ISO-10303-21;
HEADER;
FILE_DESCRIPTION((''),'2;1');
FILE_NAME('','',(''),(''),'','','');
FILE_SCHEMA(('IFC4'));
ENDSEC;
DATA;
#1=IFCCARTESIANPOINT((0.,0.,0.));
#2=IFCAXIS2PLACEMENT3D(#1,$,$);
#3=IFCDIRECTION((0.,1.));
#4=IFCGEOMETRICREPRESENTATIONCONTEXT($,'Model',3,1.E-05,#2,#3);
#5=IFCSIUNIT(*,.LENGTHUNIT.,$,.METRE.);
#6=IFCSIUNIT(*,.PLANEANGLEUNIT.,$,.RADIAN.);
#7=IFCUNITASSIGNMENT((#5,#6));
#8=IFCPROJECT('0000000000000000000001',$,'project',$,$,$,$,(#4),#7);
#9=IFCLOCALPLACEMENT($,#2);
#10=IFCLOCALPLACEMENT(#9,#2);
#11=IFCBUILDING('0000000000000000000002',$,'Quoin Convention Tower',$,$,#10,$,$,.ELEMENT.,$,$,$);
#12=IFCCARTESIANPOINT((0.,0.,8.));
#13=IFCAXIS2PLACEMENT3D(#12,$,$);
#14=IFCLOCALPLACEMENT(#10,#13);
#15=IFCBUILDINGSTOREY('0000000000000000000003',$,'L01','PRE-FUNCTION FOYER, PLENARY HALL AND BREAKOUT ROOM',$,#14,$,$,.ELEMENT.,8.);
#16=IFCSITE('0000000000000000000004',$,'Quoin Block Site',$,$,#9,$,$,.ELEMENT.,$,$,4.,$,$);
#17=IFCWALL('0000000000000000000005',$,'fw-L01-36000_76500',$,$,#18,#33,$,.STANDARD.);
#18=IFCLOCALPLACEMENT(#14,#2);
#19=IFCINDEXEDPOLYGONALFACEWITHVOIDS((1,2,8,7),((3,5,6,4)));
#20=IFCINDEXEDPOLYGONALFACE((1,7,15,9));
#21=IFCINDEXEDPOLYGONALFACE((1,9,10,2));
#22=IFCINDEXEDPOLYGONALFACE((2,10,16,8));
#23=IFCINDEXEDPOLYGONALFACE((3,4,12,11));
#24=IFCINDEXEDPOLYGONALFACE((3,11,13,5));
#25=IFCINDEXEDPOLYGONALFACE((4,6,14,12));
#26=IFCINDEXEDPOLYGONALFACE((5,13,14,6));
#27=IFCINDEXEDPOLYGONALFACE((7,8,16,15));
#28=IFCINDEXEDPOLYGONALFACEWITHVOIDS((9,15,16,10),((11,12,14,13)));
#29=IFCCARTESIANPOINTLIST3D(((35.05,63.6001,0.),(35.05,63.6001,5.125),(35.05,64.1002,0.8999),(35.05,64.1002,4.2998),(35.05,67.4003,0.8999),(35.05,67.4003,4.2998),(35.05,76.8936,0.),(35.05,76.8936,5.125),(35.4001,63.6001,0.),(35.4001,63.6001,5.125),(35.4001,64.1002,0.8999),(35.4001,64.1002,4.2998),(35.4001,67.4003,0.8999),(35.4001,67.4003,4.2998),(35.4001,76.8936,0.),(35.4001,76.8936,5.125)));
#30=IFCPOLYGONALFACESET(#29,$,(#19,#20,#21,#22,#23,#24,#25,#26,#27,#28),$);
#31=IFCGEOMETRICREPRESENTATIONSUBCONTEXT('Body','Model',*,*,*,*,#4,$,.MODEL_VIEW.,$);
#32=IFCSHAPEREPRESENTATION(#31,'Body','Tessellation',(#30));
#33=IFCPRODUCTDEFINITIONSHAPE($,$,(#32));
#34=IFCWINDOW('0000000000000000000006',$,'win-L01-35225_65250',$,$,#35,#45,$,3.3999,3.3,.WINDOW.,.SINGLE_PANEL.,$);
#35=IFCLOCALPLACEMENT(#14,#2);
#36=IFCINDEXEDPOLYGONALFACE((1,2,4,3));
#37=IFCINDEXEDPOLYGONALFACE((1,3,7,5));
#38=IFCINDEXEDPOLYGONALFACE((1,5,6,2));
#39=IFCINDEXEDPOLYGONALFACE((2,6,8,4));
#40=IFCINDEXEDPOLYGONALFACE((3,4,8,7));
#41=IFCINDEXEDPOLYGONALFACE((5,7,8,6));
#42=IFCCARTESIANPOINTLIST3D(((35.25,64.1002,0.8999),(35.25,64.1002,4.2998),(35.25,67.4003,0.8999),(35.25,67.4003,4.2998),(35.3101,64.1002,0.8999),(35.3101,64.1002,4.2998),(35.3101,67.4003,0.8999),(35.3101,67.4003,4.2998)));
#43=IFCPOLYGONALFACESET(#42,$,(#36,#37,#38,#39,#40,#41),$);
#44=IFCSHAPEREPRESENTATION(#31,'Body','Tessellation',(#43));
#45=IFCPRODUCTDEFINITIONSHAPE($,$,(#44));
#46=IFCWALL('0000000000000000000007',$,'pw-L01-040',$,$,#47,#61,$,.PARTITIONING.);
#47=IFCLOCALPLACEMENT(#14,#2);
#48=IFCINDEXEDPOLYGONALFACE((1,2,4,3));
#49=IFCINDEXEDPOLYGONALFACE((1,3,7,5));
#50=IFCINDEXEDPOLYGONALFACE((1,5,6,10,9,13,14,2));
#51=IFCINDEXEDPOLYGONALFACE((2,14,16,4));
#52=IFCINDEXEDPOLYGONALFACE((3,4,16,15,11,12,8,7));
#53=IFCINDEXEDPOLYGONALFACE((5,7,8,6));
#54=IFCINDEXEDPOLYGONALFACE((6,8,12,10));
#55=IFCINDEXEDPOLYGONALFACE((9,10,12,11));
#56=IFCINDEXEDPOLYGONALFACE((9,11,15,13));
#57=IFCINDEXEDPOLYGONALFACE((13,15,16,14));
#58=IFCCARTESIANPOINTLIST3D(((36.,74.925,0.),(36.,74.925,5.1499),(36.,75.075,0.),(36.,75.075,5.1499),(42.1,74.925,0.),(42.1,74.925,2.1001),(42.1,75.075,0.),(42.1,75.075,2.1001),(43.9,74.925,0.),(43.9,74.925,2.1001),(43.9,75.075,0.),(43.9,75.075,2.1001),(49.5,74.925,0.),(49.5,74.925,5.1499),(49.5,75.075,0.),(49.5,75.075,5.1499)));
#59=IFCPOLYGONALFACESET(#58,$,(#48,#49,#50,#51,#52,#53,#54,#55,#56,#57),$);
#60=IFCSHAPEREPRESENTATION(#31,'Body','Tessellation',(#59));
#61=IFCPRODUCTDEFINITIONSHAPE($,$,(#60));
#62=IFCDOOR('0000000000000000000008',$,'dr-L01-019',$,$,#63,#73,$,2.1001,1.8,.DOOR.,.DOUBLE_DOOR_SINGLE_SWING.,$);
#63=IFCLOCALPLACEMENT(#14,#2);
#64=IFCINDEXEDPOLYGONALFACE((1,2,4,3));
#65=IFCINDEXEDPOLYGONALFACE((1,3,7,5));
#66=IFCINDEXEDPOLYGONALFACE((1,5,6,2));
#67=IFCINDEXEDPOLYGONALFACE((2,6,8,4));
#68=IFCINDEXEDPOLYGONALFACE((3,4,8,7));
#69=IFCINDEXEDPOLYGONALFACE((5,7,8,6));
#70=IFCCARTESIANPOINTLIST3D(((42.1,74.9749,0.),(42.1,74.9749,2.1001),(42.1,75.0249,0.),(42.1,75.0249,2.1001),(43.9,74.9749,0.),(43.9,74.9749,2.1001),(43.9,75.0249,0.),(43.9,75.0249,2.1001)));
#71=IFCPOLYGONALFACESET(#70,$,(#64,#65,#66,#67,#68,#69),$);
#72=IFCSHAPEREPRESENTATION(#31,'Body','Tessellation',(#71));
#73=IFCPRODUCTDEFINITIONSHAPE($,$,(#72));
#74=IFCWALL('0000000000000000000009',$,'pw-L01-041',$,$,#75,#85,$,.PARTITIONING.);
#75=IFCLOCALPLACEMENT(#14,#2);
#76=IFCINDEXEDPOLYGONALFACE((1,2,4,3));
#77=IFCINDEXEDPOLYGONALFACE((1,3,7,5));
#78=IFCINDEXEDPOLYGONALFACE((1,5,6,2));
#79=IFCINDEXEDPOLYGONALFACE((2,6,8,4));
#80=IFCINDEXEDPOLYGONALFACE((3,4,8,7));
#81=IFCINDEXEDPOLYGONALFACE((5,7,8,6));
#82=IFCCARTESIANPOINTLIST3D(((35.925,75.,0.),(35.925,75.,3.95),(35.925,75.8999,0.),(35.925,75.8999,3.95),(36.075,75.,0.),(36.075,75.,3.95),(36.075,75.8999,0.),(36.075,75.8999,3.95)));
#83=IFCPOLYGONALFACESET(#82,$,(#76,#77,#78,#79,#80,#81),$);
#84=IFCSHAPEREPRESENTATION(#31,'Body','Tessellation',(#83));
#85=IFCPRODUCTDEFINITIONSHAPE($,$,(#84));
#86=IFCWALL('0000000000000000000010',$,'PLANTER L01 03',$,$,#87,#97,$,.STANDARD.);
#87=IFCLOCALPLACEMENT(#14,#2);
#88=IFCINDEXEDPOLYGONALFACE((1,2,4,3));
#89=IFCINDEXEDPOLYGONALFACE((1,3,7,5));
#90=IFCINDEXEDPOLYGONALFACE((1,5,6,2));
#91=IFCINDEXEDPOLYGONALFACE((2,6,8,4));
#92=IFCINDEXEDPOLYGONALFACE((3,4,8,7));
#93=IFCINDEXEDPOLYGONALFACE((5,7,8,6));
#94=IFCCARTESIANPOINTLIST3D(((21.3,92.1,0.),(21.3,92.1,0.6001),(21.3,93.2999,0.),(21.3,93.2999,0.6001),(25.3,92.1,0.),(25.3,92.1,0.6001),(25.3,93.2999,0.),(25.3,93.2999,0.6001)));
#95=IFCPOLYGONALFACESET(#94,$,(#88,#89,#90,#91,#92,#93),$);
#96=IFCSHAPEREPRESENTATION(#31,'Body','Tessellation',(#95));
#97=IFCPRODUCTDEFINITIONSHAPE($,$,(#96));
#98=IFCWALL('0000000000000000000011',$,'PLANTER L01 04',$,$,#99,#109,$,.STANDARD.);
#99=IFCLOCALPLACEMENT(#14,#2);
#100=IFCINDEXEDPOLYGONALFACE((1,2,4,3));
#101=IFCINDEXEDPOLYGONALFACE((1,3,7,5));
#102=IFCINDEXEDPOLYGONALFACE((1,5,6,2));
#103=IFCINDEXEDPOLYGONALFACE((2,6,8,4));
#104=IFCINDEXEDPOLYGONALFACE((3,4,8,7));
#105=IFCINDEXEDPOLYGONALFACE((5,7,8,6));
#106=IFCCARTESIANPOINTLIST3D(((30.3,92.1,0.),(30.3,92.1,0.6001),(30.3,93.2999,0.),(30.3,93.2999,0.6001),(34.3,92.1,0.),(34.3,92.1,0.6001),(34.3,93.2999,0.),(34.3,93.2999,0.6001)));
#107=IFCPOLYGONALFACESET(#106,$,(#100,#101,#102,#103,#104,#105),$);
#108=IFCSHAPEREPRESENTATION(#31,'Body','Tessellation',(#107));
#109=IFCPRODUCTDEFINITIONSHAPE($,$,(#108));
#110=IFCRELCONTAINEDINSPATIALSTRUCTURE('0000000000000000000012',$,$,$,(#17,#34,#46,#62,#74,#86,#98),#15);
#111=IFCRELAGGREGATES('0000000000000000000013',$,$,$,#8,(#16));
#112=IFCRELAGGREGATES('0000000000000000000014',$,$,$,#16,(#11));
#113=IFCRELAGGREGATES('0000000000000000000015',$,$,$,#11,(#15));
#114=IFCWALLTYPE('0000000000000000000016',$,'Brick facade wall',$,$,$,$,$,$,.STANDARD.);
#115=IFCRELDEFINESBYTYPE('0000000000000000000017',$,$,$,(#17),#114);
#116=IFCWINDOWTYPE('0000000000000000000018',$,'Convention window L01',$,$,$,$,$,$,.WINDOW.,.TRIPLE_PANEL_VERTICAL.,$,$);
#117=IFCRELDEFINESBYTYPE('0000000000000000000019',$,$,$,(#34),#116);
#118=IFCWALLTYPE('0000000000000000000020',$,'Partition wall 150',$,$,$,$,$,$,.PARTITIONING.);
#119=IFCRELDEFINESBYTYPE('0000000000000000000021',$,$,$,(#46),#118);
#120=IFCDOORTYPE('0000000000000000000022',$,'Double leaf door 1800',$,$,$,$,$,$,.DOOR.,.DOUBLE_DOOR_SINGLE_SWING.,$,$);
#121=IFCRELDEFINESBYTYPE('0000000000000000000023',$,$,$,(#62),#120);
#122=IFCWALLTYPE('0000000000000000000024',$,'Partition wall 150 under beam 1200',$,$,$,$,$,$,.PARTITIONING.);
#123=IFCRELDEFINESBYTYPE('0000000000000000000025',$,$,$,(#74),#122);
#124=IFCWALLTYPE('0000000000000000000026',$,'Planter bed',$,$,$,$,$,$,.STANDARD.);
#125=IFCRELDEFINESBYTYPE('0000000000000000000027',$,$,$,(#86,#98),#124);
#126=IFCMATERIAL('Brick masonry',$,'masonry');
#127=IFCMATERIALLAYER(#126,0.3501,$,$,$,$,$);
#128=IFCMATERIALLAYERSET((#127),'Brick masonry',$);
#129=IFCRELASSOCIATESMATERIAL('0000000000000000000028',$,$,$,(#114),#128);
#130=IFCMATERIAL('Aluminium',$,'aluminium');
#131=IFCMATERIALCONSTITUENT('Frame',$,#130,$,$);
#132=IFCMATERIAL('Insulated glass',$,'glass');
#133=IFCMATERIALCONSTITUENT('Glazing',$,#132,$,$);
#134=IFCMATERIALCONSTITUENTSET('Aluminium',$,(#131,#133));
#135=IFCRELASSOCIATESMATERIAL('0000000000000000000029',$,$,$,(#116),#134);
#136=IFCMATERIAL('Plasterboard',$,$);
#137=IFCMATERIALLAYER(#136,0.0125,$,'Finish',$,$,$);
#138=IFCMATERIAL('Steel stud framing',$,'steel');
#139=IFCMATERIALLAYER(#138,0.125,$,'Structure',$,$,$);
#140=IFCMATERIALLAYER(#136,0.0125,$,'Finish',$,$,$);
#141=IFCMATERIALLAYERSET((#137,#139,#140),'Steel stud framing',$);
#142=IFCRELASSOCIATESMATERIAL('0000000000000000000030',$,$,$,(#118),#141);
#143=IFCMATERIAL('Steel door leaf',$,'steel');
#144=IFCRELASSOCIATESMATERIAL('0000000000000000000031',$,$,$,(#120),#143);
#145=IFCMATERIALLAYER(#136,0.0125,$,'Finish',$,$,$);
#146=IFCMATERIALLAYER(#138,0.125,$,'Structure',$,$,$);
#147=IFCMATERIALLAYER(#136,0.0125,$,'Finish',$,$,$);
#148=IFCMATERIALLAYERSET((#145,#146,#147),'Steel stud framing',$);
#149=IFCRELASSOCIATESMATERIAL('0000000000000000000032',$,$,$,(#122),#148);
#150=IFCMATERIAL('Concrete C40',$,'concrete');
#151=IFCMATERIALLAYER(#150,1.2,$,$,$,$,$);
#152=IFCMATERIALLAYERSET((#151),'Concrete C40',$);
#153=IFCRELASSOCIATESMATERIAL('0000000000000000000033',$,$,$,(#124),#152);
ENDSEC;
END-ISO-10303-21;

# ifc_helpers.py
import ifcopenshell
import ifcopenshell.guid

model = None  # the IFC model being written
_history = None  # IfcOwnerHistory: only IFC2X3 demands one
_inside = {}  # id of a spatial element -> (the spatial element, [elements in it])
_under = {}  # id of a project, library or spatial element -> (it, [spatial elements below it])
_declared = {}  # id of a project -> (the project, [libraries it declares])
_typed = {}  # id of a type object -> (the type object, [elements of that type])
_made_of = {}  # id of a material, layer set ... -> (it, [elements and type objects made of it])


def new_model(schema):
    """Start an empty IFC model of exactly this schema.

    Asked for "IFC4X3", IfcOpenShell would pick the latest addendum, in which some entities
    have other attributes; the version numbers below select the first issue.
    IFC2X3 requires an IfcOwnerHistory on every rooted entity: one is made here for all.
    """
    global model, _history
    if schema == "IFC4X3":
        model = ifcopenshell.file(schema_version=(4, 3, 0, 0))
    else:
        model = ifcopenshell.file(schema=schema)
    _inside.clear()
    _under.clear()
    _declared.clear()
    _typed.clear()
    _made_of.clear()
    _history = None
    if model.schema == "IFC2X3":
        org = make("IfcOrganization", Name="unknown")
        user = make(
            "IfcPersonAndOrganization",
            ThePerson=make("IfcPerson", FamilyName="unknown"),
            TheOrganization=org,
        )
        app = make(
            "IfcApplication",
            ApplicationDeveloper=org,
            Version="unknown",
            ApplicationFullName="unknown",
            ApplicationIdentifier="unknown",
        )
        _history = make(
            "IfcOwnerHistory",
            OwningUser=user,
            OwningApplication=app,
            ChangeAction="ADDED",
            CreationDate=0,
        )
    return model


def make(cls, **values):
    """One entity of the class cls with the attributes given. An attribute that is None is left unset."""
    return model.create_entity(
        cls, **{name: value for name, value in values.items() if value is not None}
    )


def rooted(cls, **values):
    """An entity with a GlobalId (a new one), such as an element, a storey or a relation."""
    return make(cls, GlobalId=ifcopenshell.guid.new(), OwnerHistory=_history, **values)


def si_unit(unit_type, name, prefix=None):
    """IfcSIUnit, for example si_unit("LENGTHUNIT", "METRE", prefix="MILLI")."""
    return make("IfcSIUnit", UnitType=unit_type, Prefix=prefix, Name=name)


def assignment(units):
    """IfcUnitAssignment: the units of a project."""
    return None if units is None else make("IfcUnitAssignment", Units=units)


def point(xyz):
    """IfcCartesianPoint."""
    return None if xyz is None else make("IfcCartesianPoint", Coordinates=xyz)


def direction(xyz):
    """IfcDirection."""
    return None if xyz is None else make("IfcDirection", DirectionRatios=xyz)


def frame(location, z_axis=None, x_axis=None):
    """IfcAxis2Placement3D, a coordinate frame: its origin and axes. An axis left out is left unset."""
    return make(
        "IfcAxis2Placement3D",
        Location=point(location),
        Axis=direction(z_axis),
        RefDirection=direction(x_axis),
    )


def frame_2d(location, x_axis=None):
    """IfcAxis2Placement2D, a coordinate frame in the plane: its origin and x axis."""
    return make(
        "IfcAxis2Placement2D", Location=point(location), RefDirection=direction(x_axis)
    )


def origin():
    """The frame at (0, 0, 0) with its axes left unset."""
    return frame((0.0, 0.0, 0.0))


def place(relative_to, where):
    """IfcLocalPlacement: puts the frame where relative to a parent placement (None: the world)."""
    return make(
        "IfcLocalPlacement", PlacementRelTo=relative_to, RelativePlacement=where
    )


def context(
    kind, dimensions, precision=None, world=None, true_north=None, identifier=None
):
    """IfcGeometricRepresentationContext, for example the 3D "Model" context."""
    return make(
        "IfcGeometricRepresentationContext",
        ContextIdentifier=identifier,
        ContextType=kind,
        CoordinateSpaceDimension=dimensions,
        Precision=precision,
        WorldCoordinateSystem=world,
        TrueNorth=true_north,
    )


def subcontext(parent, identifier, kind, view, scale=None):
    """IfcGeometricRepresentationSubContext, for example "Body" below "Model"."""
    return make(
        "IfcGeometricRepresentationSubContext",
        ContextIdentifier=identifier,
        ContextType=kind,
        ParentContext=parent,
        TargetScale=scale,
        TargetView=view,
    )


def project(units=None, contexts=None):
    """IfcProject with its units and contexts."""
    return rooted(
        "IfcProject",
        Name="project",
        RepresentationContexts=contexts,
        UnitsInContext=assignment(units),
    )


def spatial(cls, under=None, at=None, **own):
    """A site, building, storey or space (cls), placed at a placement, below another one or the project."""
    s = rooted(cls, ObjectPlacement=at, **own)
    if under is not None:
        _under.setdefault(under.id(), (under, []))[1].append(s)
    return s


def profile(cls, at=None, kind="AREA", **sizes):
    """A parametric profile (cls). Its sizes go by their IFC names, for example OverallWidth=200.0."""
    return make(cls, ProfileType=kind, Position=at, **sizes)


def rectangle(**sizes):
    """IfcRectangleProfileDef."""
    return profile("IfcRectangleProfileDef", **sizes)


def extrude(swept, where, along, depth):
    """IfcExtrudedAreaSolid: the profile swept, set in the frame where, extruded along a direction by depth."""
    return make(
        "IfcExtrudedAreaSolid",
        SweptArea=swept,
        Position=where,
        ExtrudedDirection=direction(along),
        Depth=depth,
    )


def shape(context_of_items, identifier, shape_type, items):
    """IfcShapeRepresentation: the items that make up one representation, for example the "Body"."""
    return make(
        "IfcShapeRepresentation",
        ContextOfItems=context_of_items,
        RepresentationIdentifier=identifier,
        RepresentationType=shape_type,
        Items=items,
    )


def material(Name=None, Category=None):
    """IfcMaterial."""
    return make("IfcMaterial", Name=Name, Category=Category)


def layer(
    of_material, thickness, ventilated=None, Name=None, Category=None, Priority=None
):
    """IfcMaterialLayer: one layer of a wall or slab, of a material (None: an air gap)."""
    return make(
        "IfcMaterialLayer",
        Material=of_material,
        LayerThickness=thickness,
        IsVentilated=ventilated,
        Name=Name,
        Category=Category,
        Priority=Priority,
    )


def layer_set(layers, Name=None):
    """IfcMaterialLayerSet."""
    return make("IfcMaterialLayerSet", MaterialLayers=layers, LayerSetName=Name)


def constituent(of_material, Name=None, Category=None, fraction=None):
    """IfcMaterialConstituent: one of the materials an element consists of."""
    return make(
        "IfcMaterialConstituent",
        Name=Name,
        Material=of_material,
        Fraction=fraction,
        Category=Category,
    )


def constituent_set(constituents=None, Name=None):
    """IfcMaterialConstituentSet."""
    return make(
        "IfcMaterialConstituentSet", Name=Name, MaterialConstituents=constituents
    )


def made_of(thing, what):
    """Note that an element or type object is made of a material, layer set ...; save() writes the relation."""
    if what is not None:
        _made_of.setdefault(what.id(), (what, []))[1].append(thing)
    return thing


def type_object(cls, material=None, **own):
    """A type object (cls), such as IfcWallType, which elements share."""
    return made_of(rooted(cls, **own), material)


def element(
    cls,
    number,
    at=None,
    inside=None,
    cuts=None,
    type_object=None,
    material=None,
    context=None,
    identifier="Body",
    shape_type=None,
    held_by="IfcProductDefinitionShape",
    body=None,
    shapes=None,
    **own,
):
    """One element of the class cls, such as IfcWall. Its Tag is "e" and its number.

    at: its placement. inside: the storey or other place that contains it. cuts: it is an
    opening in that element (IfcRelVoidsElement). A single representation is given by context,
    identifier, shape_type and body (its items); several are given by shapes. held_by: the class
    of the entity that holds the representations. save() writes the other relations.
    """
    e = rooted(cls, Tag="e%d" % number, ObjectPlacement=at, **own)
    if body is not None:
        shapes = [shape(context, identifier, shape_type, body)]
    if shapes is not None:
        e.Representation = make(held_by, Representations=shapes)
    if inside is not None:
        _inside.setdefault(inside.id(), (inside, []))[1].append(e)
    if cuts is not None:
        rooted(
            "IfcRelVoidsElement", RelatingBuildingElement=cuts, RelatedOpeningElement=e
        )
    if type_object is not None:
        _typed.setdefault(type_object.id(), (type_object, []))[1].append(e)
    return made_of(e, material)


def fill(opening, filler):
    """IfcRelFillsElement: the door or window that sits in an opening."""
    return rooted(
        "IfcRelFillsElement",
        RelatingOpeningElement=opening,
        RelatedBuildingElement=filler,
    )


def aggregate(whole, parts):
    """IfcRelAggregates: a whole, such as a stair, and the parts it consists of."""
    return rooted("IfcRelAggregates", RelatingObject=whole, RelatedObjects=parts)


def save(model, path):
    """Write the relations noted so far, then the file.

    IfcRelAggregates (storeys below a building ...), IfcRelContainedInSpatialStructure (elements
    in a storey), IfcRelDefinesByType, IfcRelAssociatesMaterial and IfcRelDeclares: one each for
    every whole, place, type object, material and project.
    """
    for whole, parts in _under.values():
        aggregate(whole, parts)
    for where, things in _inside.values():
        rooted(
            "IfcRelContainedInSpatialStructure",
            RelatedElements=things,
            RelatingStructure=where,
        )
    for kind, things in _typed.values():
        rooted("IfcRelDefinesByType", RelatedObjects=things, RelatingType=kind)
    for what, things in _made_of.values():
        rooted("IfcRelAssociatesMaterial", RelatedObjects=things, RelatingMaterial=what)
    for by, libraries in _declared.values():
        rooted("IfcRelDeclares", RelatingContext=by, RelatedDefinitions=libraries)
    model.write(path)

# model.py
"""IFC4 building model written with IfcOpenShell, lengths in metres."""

from ifc_helpers import new_model, si_unit, direction, frame, frame_2d, origin, place, context, subcontext, project, spatial, rectangle, extrude, material, layer, layer_set, constituent, constituent_set, type_object, element, fill, save


model = new_model("IFC4")

# Units and contexts
model_context = context("Model", 3, precision=1e-05, world=origin(), true_north=direction((0.0, 1.0)))
body_context = subcontext(model_context, "Body", "Model", "MODEL_VIEW")
ifc_project = project(units=[si_unit("LENGTHUNIT", "METRE"), si_unit("PLANEANGLEUNIT", "RADIAN")], contexts=[model_context])

# Site, building, storey
site_placement = place(None, origin())
site = spatial("IfcSite", under=ifc_project, at=site_placement, Name="Quoin Block Site", CompositionType="ELEMENT", RefElevation=4.0)
building_placement = place(site_placement, origin())
building = spatial("IfcBuilding", under=site, at=building_placement, Name="Quoin Convention Tower", CompositionType="ELEMENT")
storey_placement = place(building_placement, frame((0.0, 0.0, 8.0)))
storey = spatial("IfcBuildingStorey", under=building, at=storey_placement, Name="L01", Description="PRE-FUNCTION FOYER, PLENARY HALL AND BREAKOUT ROOM", CompositionType="ELEMENT", Elevation=8.0)

# Wall, opening, window
ifc_material_1 = material(Name="Brick masonry", Category="masonry")
ifc_layer_1 = layer(ifc_material_1, 0.3501)
ifc_layer_set_1 = layer_set([ifc_layer_1], Name="Brick masonry")
wall_type_1 = type_object("IfcWallType", Name="Brick facade wall", PredefinedType="STANDARD", material=ifc_layer_set_1)
wall_1_placement = place(storey_placement, frame((35.2251, 76.8936, 0.0), z_axis=(0.0, 0.0, 1.0), x_axis=(0.0, -1.0, 0.0)))
wall_1 = element("IfcWall", 1, at=wall_1_placement, inside=storey, type_object=wall_type_1, Name="fw-L01-36000_76500", PredefinedType="STANDARD", context=body_context, shape_type="SweptSolid", body=[
    extrude(rectangle(XDim=13.2935, YDim=0.3501, at=frame_2d((6.6467, 0.0))), origin(), (0.0, 0.0, 1.0), 5.125),
])
opening_1_placement = place(wall_1_placement, frame((9.4934, 0.0, 0.8999)))
opening_1 = element("IfcOpeningElement", 2, at=opening_1_placement, cuts=wall_1, PredefinedType="OPENING", context=body_context, shape_type="SweptSolid", body=[
    extrude(rectangle(XDim=3.3, YDim=3.3999, at=frame_2d((1.6499, 1.7))), frame((0.0, 0.1851, 0.0), z_axis=(0.0, -1.0, 0.0), x_axis=(1.0, 0.0, 0.0)), (0.0, 0.0, 1.0), 0.3701),
])
ifc_material_2 = material(Name="Aluminium", Category="aluminium")
ifc_constituent_1 = constituent(ifc_material_2, Name="Frame")
ifc_material_3 = material(Name="Insulated glass", Category="glass")
ifc_constituent_2 = constituent(ifc_material_3, Name="Glazing")
ifc_constituent_set = constituent_set(constituents=[ifc_constituent_1, ifc_constituent_2], Name="Aluminium")
window_type = type_object("IfcWindowType", Name="Convention window L01", PartitioningType="TRIPLE_PANEL_VERTICAL", PredefinedType="WINDOW", material=ifc_constituent_set)
window_placement = place(opening_1_placement, origin())
window = element("IfcWindow", 3, at=window_placement, inside=storey, type_object=window_type, Name="win-L01-35225_65250", OverallHeight=3.3999, OverallWidth=3.3, PartitioningType="SINGLE_PANEL", PredefinedType="WINDOW", context=body_context, shape_type="SweptSolid", body=[
    extrude(rectangle(XDim=3.3, YDim=3.3999, at=frame_2d((1.6499, 1.7))), frame((0.0, 0.085, 0.0), z_axis=(0.0, -1.0, 0.0), x_axis=(1.0, 0.0, 0.0)), (0.0, 0.0, 1.0), 0.0601),
])
fill(opening_1, window)

# Wall, opening, door
ifc_material_4 = material(Name="Plasterboard")
ifc_layer_2 = layer(ifc_material_4, 0.0125, Name="Finish")
ifc_material_5 = material(Name="Steel stud framing", Category="steel")
ifc_layer_3 = layer(ifc_material_5, 0.125, Name="Structure")
ifc_layer_4 = layer(ifc_material_4, 0.0125, Name="Finish")
ifc_layer_set_2 = layer_set([ifc_layer_2, ifc_layer_3, ifc_layer_4], Name="Steel stud framing")
wall_type_2 = type_object("IfcWallType", Name="Partition wall 150", PredefinedType="PARTITIONING", material=ifc_layer_set_2)
wall_2_placement = place(storey_placement, frame((36.0, 75.0, 0.0), z_axis=(0.0, 0.0, 1.0), x_axis=(1.0, 0.0, 0.0)))
wall_2 = element("IfcWall", 4, at=wall_2_placement, inside=storey, type_object=wall_type_2, Name="pw-L01-040", PredefinedType="PARTITIONING", context=body_context, shape_type="SweptSolid", body=[
    extrude(rectangle(XDim=13.5, YDim=0.1499, at=frame_2d((6.75, 0.0))), origin(), (0.0, 0.0, 1.0), 5.1499),
])
opening_2_placement = place(wall_2_placement, frame((6.1001, 0.0, 0.0)))
opening_2 = element("IfcOpeningElement", 5, at=opening_2_placement, cuts=wall_2, PredefinedType="OPENING", context=body_context, shape_type="SweptSolid", body=[
    extrude(rectangle(XDim=1.8, YDim=2.1001, at=frame_2d((0.8999, 1.05))), frame((0.0, 0.085, 0.0), z_axis=(0.0, -1.0, 0.0), x_axis=(1.0, 0.0, 0.0)), (0.0, 0.0, 1.0), 0.1699),
])
ifc_material_6 = material(Name="Steel door leaf", Category="steel")
door_type = type_object("IfcDoorType", Name="Double leaf door 1800", OperationType="DOUBLE_DOOR_SINGLE_SWING", PredefinedType="DOOR", material=ifc_material_6)
door_placement = place(opening_2_placement, origin())
door = element("IfcDoor", 6, at=door_placement, inside=storey, type_object=door_type, Name="dr-L01-019", OperationType="DOUBLE_DOOR_SINGLE_SWING", OverallHeight=2.1001, OverallWidth=1.8, PredefinedType="DOOR", context=body_context, shape_type="SweptSolid", body=[
    extrude(rectangle(XDim=1.8, YDim=2.1001, at=frame_2d((0.8999, 1.05))), frame((0.0, 0.0249, 0.0), z_axis=(0.0, -1.0, 0.0), x_axis=(1.0, 0.0, 0.0)), (0.0, 0.0, 1.0), 0.05),
])
fill(opening_2, door)

# Walls
ifc_layer_5 = layer(ifc_material_4, 0.0125, Name="Finish")
ifc_layer_6 = layer(ifc_material_5, 0.125, Name="Structure")
ifc_layer_7 = layer(ifc_material_4, 0.0125, Name="Finish")
ifc_layer_set_3 = layer_set([ifc_layer_5, ifc_layer_6, ifc_layer_7], Name="Steel stud framing")
wall_type_3 = type_object("IfcWallType", Name="Partition wall 150 under beam 1200", PredefinedType="PARTITIONING", material=ifc_layer_set_3)
wall_3_placement = place(storey_placement, frame((36.0, 75.0, 0.0), z_axis=(0.0, 0.0, 1.0), x_axis=(0.0, 1.0, 0.0)))
element("IfcWall", 7, at=wall_3_placement, inside=storey, type_object=wall_type_3, Name="pw-L01-041", PredefinedType="PARTITIONING", context=body_context, shape_type="SweptSolid", body=[
    extrude(rectangle(XDim=0.8999, YDim=0.1499, at=frame_2d((0.45, 0.0))), origin(), (0.0, 0.0, 1.0), 3.95),
])
ifc_material_7 = material(Name="Concrete C40", Category="concrete")
ifc_layer_8 = layer(ifc_material_7, 1.2)
ifc_layer_set_4 = layer_set([ifc_layer_8], Name="Concrete C40")
wall_type_4 = type_object("IfcWallType", Name="Planter bed", PredefinedType="STANDARD", material=ifc_layer_set_4)
for number, where, z_axis, x_axis, name in (
    (8, (21.3, 92.7, 0.0), (0.0, 0.0, 1.0), (1.0, 0.0, 0.0), "PLANTER L01 03"),
    (9, (30.3, 92.7, 0.0), (0.0, 0.0, 1.0), (1.0, 0.0, 0.0), "PLANTER L01 04"),
):
    element("IfcWall", number, at=place(storey_placement, frame(where, z_axis=z_axis, x_axis=x_axis)), inside=storey, type_object=wall_type_4, Name=name, PredefinedType="STANDARD", context=body_context, shape_type="SweptSolid", body=[
        extrude(rectangle(XDim=4.0, YDim=1.2, at=frame_2d((2.0, 0.0))), origin(), (0.0, 0.0, 1.0), 0.6001),
    ])

save(model, "model.ifc")
